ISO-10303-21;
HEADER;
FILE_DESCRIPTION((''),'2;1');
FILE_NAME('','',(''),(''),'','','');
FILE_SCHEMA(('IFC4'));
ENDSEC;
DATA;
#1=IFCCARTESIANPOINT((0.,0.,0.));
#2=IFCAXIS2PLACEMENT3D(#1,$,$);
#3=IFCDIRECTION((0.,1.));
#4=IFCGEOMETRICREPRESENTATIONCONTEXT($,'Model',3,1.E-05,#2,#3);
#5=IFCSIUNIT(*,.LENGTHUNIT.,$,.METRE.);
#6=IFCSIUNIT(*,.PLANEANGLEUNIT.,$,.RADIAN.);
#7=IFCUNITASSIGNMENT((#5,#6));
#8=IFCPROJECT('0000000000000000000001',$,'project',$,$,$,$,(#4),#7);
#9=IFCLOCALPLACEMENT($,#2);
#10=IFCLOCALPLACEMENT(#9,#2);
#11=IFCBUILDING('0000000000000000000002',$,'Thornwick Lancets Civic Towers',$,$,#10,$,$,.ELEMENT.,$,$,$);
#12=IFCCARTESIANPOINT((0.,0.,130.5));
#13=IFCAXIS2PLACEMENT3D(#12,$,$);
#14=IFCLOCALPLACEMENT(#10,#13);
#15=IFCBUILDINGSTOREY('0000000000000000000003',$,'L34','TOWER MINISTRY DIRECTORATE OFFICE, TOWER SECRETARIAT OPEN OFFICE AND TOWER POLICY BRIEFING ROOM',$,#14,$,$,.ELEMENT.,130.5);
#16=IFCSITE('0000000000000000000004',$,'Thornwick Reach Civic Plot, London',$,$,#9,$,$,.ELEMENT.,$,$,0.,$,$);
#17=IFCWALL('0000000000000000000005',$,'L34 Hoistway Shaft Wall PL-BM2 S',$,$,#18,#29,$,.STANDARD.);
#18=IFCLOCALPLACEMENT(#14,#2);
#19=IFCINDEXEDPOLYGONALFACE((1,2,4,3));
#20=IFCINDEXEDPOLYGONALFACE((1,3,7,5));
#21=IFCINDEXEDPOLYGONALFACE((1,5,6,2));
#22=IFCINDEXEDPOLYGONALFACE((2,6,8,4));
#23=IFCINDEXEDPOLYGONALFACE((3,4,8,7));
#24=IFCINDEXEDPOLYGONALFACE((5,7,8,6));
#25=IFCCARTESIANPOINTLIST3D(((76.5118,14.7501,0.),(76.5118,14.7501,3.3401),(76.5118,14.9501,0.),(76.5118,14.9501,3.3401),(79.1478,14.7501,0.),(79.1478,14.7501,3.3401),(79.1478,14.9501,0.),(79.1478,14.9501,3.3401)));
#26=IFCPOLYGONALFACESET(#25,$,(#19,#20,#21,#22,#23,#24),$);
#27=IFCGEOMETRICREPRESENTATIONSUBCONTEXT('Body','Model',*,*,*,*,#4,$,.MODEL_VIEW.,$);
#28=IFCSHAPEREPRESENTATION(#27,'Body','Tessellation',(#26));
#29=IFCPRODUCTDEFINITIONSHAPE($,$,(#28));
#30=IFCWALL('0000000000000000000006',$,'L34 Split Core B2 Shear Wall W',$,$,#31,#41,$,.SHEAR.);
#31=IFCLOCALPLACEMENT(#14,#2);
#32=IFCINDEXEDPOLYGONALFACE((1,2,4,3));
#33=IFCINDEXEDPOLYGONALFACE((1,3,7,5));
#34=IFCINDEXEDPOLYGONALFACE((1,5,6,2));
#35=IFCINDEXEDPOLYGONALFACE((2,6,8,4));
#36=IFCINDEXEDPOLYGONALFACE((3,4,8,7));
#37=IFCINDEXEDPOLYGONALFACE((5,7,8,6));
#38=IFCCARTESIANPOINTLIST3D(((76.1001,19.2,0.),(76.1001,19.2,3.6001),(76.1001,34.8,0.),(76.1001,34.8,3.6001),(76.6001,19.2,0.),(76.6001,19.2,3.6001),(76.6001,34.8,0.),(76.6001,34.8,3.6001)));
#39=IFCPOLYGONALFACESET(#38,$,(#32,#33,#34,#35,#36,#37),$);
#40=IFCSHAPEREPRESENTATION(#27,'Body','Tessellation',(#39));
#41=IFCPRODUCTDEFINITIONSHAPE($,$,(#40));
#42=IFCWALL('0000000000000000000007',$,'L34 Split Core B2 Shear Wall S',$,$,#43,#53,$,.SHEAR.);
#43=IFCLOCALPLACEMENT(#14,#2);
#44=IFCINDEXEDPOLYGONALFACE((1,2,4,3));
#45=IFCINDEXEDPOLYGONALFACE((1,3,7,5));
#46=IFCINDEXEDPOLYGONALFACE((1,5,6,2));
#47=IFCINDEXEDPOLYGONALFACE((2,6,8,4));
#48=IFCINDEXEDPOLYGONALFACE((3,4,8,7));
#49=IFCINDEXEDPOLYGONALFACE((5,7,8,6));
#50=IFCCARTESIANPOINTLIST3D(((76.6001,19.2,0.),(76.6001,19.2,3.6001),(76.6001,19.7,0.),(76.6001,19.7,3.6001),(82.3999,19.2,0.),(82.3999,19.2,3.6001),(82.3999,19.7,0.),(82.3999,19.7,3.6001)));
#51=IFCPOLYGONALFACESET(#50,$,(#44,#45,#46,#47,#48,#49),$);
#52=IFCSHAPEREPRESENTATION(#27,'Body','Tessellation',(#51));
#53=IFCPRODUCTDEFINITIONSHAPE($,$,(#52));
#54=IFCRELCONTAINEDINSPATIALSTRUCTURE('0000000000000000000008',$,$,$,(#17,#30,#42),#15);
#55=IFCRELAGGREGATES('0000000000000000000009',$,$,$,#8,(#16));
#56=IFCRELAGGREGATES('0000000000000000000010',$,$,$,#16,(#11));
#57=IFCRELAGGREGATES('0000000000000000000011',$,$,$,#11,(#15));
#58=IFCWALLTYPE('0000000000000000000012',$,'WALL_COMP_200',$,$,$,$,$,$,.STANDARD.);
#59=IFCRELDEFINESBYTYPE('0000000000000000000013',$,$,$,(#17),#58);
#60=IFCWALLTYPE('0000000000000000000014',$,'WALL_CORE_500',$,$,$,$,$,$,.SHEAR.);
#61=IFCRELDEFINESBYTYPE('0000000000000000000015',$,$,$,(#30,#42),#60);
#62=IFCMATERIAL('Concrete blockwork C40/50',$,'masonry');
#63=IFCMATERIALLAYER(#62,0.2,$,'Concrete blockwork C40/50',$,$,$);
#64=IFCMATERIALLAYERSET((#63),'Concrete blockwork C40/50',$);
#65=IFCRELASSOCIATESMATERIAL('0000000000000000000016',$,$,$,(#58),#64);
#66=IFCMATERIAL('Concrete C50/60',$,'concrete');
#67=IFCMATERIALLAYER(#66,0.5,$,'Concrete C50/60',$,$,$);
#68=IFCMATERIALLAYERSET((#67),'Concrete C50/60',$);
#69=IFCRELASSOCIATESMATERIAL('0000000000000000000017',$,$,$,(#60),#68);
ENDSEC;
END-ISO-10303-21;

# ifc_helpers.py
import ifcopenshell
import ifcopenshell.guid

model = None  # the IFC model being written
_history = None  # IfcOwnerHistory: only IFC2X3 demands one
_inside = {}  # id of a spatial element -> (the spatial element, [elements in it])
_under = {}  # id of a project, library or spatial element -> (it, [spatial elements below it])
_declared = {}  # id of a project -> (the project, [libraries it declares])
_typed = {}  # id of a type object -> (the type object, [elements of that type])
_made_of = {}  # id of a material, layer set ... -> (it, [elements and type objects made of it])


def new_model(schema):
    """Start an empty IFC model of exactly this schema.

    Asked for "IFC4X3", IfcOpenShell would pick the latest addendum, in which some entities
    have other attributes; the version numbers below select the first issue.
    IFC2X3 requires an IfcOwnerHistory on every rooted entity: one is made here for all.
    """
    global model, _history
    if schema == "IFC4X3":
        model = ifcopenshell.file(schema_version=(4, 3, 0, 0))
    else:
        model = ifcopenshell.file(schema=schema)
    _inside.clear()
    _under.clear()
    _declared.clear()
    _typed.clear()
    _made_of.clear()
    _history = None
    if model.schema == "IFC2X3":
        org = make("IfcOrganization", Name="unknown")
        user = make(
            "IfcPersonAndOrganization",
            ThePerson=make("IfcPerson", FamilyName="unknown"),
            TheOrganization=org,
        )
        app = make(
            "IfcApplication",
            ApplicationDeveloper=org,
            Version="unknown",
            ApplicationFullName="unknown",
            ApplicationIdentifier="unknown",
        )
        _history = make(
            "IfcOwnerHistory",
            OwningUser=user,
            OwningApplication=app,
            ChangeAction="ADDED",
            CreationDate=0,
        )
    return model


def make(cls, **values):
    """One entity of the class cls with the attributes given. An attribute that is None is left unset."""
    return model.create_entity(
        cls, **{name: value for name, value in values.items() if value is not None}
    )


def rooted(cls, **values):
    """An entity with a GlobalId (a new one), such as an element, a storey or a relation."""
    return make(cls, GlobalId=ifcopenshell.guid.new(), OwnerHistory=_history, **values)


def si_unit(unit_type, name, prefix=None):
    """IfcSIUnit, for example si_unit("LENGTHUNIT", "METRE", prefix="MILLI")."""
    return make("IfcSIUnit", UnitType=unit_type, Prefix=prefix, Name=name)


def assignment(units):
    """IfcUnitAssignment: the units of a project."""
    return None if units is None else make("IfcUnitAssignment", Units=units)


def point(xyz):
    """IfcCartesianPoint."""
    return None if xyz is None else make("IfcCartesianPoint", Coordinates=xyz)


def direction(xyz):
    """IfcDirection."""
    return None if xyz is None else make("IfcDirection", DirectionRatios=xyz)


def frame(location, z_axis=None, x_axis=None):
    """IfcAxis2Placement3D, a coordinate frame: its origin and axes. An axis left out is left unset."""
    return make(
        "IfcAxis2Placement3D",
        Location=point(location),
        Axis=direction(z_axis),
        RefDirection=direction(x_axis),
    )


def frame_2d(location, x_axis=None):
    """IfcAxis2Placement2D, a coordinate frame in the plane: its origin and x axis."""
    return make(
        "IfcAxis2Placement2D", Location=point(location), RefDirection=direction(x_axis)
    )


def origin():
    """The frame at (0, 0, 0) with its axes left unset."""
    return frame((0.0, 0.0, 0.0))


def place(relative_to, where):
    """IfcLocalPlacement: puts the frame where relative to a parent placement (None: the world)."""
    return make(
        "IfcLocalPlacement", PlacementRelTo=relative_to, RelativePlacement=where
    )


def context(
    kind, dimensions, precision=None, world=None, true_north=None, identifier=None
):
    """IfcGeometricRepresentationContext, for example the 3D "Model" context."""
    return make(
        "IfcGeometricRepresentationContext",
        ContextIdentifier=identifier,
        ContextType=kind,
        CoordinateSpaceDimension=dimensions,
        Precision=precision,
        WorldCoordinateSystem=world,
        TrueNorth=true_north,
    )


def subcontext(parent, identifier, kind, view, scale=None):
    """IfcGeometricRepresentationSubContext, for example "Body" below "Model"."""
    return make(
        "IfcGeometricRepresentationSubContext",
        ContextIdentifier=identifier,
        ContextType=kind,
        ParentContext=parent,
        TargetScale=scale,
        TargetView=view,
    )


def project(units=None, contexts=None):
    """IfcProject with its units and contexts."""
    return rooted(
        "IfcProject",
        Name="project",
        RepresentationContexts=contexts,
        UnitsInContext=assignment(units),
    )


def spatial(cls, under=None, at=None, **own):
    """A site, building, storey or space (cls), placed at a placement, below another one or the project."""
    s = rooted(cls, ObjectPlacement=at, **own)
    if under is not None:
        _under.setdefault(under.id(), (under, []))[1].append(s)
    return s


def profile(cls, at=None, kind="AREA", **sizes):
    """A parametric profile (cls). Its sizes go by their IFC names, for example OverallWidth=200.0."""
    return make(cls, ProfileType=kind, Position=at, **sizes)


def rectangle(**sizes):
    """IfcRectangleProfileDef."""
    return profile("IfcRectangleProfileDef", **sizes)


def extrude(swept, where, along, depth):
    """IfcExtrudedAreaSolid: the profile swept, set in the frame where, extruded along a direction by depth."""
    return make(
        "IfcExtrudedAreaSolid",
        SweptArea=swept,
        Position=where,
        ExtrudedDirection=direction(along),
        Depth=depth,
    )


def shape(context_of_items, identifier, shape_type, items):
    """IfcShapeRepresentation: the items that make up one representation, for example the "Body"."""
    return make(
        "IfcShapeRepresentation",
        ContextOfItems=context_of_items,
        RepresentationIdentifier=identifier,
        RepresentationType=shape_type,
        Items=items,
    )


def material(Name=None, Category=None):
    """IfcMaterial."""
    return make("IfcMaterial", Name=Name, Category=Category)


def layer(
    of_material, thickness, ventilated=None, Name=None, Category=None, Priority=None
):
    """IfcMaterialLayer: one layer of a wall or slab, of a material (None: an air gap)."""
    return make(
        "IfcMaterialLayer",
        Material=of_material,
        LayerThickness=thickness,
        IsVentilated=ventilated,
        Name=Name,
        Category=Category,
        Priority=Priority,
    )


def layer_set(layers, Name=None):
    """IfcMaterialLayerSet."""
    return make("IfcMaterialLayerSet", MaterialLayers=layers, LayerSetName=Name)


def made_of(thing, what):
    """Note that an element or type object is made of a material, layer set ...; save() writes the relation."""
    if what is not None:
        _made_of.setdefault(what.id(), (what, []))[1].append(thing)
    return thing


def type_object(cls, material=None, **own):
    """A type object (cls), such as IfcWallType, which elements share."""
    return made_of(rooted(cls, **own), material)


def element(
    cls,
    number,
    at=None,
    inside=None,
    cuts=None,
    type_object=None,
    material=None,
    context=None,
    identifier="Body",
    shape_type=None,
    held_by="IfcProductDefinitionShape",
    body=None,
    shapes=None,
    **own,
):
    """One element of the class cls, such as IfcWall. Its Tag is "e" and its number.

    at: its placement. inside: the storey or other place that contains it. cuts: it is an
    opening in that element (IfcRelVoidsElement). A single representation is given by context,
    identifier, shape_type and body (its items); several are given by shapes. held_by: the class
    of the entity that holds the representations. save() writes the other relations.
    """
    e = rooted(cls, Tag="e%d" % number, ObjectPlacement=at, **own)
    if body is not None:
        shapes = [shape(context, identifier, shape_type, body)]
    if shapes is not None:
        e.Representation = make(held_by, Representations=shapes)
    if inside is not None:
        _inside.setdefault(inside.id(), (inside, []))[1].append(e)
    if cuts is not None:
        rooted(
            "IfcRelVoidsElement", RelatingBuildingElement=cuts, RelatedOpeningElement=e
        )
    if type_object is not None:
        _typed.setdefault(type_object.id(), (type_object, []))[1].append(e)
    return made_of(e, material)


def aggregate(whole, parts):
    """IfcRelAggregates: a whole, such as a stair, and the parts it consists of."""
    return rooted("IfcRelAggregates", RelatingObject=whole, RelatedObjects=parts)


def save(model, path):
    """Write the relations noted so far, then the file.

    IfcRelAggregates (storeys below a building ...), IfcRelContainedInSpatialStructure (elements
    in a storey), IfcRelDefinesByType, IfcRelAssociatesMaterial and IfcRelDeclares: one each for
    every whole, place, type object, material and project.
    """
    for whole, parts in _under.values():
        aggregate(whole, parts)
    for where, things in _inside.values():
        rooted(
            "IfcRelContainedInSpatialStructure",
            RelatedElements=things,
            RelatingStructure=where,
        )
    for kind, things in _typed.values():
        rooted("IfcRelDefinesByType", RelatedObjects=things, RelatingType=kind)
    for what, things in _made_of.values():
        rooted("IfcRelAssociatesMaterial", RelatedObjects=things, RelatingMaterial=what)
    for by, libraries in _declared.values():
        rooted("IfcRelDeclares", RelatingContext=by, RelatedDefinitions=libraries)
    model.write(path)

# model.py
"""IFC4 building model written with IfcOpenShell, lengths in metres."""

from ifc_helpers import new_model, si_unit, direction, frame, frame_2d, origin, place, context, subcontext, project, spatial, rectangle, extrude, material, layer, layer_set, type_object, element, save


model = new_model("IFC4")

# Units and contexts
model_context = context("Model", 3, precision=1e-05, world=origin(), true_north=direction((0.0, 1.0)))
body_context = subcontext(model_context, "Body", "Model", "MODEL_VIEW")
ifc_project = project(units=[si_unit("LENGTHUNIT", "METRE"), si_unit("PLANEANGLEUNIT", "RADIAN")], contexts=[model_context])

# Site, building, storey
site_placement = place(None, origin())
site = spatial("IfcSite", under=ifc_project, at=site_placement, Name="Thornwick Reach Civic Plot, London", CompositionType="ELEMENT", RefElevation=0.0)
building_placement = place(site_placement, origin())
building = spatial("IfcBuilding", under=site, at=building_placement, Name="Thornwick Lancets Civic Towers", CompositionType="ELEMENT")
storey_placement = place(building_placement, frame((0.0, 0.0, 130.5)))
storey = spatial("IfcBuildingStorey", under=building, at=storey_placement, Name="L34", Description="TOWER MINISTRY DIRECTORATE OFFICE, TOWER SECRETARIAT OPEN OFFICE AND TOWER POLICY BRIEFING ROOM", CompositionType="ELEMENT", Elevation=130.5)

# Walls
ifc_material_1 = material(Name="Concrete blockwork C40/50", Category="masonry")
ifc_layer_1 = layer(ifc_material_1, 0.2, Name="Concrete blockwork C40/50")
ifc_layer_set_1 = layer_set([ifc_layer_1], Name="Concrete blockwork C40/50")
wall_type_1 = type_object("IfcWallType", Name="WALL_COMP_200", PredefinedType="STANDARD", material=ifc_layer_set_1)
wall_1_placement = place(storey_placement, frame((76.512, 14.8501, 0.0), z_axis=(0.0, 0.0, 1.0), x_axis=(1.0, 0.0, 0.0)))
element("IfcWall", 1, at=wall_1_placement, inside=storey, type_object=wall_type_1, Name="L34 Hoistway Shaft Wall PL-BM2 S", PredefinedType="STANDARD", context=body_context, shape_type="SweptSolid", body=[
    extrude(rectangle(XDim=2.636, YDim=0.2, at=frame_2d((1.3179, 0.0))), origin(), (0.0, 0.0, 1.0), 3.3401),
])
ifc_material_2 = material(Name="Concrete C50/60", Category="concrete")
ifc_layer_2 = layer(ifc_material_2, 0.5, Name="Concrete C50/60")
ifc_layer_set_2 = layer_set([ifc_layer_2], Name="Concrete C50/60")
wall_type_2 = type_object("IfcWallType", Name="WALL_CORE_500", PredefinedType="SHEAR", material=ifc_layer_set_2)
wall_2_placement = place(storey_placement, frame((76.3501, 19.2, 0.0), z_axis=(0.0, 0.0, 1.0), x_axis=(0.0, 1.0, 0.0)))
element("IfcWall", 2, at=wall_2_placement, inside=storey, type_object=wall_type_2, Name="L34 Split Core B2 Shear Wall W", PredefinedType="SHEAR", context=body_context, shape_type="SweptSolid", body=[
    extrude(rectangle(XDim=15.6001, YDim=0.5, at=frame_2d((7.8, 0.0))), origin(), (0.0, 0.0, 1.0), 3.6001),
])
wall_3_placement = place(storey_placement, frame((76.6001, 19.45, 0.0), z_axis=(0.0, 0.0, 1.0), x_axis=(1.0, 0.0, 0.0)))
element("IfcWall", 3, at=wall_3_placement, inside=storey, type_object=wall_type_2, Name="L34 Split Core B2 Shear Wall S", PredefinedType="SHEAR", context=body_context, shape_type="SweptSolid", body=[
    extrude(rectangle(XDim=5.7998, YDim=0.5, at=frame_2d((2.8999, 0.0))), origin(), (0.0, 0.0, 1.0), 3.6001),
])

save(model, "model.ifc")
